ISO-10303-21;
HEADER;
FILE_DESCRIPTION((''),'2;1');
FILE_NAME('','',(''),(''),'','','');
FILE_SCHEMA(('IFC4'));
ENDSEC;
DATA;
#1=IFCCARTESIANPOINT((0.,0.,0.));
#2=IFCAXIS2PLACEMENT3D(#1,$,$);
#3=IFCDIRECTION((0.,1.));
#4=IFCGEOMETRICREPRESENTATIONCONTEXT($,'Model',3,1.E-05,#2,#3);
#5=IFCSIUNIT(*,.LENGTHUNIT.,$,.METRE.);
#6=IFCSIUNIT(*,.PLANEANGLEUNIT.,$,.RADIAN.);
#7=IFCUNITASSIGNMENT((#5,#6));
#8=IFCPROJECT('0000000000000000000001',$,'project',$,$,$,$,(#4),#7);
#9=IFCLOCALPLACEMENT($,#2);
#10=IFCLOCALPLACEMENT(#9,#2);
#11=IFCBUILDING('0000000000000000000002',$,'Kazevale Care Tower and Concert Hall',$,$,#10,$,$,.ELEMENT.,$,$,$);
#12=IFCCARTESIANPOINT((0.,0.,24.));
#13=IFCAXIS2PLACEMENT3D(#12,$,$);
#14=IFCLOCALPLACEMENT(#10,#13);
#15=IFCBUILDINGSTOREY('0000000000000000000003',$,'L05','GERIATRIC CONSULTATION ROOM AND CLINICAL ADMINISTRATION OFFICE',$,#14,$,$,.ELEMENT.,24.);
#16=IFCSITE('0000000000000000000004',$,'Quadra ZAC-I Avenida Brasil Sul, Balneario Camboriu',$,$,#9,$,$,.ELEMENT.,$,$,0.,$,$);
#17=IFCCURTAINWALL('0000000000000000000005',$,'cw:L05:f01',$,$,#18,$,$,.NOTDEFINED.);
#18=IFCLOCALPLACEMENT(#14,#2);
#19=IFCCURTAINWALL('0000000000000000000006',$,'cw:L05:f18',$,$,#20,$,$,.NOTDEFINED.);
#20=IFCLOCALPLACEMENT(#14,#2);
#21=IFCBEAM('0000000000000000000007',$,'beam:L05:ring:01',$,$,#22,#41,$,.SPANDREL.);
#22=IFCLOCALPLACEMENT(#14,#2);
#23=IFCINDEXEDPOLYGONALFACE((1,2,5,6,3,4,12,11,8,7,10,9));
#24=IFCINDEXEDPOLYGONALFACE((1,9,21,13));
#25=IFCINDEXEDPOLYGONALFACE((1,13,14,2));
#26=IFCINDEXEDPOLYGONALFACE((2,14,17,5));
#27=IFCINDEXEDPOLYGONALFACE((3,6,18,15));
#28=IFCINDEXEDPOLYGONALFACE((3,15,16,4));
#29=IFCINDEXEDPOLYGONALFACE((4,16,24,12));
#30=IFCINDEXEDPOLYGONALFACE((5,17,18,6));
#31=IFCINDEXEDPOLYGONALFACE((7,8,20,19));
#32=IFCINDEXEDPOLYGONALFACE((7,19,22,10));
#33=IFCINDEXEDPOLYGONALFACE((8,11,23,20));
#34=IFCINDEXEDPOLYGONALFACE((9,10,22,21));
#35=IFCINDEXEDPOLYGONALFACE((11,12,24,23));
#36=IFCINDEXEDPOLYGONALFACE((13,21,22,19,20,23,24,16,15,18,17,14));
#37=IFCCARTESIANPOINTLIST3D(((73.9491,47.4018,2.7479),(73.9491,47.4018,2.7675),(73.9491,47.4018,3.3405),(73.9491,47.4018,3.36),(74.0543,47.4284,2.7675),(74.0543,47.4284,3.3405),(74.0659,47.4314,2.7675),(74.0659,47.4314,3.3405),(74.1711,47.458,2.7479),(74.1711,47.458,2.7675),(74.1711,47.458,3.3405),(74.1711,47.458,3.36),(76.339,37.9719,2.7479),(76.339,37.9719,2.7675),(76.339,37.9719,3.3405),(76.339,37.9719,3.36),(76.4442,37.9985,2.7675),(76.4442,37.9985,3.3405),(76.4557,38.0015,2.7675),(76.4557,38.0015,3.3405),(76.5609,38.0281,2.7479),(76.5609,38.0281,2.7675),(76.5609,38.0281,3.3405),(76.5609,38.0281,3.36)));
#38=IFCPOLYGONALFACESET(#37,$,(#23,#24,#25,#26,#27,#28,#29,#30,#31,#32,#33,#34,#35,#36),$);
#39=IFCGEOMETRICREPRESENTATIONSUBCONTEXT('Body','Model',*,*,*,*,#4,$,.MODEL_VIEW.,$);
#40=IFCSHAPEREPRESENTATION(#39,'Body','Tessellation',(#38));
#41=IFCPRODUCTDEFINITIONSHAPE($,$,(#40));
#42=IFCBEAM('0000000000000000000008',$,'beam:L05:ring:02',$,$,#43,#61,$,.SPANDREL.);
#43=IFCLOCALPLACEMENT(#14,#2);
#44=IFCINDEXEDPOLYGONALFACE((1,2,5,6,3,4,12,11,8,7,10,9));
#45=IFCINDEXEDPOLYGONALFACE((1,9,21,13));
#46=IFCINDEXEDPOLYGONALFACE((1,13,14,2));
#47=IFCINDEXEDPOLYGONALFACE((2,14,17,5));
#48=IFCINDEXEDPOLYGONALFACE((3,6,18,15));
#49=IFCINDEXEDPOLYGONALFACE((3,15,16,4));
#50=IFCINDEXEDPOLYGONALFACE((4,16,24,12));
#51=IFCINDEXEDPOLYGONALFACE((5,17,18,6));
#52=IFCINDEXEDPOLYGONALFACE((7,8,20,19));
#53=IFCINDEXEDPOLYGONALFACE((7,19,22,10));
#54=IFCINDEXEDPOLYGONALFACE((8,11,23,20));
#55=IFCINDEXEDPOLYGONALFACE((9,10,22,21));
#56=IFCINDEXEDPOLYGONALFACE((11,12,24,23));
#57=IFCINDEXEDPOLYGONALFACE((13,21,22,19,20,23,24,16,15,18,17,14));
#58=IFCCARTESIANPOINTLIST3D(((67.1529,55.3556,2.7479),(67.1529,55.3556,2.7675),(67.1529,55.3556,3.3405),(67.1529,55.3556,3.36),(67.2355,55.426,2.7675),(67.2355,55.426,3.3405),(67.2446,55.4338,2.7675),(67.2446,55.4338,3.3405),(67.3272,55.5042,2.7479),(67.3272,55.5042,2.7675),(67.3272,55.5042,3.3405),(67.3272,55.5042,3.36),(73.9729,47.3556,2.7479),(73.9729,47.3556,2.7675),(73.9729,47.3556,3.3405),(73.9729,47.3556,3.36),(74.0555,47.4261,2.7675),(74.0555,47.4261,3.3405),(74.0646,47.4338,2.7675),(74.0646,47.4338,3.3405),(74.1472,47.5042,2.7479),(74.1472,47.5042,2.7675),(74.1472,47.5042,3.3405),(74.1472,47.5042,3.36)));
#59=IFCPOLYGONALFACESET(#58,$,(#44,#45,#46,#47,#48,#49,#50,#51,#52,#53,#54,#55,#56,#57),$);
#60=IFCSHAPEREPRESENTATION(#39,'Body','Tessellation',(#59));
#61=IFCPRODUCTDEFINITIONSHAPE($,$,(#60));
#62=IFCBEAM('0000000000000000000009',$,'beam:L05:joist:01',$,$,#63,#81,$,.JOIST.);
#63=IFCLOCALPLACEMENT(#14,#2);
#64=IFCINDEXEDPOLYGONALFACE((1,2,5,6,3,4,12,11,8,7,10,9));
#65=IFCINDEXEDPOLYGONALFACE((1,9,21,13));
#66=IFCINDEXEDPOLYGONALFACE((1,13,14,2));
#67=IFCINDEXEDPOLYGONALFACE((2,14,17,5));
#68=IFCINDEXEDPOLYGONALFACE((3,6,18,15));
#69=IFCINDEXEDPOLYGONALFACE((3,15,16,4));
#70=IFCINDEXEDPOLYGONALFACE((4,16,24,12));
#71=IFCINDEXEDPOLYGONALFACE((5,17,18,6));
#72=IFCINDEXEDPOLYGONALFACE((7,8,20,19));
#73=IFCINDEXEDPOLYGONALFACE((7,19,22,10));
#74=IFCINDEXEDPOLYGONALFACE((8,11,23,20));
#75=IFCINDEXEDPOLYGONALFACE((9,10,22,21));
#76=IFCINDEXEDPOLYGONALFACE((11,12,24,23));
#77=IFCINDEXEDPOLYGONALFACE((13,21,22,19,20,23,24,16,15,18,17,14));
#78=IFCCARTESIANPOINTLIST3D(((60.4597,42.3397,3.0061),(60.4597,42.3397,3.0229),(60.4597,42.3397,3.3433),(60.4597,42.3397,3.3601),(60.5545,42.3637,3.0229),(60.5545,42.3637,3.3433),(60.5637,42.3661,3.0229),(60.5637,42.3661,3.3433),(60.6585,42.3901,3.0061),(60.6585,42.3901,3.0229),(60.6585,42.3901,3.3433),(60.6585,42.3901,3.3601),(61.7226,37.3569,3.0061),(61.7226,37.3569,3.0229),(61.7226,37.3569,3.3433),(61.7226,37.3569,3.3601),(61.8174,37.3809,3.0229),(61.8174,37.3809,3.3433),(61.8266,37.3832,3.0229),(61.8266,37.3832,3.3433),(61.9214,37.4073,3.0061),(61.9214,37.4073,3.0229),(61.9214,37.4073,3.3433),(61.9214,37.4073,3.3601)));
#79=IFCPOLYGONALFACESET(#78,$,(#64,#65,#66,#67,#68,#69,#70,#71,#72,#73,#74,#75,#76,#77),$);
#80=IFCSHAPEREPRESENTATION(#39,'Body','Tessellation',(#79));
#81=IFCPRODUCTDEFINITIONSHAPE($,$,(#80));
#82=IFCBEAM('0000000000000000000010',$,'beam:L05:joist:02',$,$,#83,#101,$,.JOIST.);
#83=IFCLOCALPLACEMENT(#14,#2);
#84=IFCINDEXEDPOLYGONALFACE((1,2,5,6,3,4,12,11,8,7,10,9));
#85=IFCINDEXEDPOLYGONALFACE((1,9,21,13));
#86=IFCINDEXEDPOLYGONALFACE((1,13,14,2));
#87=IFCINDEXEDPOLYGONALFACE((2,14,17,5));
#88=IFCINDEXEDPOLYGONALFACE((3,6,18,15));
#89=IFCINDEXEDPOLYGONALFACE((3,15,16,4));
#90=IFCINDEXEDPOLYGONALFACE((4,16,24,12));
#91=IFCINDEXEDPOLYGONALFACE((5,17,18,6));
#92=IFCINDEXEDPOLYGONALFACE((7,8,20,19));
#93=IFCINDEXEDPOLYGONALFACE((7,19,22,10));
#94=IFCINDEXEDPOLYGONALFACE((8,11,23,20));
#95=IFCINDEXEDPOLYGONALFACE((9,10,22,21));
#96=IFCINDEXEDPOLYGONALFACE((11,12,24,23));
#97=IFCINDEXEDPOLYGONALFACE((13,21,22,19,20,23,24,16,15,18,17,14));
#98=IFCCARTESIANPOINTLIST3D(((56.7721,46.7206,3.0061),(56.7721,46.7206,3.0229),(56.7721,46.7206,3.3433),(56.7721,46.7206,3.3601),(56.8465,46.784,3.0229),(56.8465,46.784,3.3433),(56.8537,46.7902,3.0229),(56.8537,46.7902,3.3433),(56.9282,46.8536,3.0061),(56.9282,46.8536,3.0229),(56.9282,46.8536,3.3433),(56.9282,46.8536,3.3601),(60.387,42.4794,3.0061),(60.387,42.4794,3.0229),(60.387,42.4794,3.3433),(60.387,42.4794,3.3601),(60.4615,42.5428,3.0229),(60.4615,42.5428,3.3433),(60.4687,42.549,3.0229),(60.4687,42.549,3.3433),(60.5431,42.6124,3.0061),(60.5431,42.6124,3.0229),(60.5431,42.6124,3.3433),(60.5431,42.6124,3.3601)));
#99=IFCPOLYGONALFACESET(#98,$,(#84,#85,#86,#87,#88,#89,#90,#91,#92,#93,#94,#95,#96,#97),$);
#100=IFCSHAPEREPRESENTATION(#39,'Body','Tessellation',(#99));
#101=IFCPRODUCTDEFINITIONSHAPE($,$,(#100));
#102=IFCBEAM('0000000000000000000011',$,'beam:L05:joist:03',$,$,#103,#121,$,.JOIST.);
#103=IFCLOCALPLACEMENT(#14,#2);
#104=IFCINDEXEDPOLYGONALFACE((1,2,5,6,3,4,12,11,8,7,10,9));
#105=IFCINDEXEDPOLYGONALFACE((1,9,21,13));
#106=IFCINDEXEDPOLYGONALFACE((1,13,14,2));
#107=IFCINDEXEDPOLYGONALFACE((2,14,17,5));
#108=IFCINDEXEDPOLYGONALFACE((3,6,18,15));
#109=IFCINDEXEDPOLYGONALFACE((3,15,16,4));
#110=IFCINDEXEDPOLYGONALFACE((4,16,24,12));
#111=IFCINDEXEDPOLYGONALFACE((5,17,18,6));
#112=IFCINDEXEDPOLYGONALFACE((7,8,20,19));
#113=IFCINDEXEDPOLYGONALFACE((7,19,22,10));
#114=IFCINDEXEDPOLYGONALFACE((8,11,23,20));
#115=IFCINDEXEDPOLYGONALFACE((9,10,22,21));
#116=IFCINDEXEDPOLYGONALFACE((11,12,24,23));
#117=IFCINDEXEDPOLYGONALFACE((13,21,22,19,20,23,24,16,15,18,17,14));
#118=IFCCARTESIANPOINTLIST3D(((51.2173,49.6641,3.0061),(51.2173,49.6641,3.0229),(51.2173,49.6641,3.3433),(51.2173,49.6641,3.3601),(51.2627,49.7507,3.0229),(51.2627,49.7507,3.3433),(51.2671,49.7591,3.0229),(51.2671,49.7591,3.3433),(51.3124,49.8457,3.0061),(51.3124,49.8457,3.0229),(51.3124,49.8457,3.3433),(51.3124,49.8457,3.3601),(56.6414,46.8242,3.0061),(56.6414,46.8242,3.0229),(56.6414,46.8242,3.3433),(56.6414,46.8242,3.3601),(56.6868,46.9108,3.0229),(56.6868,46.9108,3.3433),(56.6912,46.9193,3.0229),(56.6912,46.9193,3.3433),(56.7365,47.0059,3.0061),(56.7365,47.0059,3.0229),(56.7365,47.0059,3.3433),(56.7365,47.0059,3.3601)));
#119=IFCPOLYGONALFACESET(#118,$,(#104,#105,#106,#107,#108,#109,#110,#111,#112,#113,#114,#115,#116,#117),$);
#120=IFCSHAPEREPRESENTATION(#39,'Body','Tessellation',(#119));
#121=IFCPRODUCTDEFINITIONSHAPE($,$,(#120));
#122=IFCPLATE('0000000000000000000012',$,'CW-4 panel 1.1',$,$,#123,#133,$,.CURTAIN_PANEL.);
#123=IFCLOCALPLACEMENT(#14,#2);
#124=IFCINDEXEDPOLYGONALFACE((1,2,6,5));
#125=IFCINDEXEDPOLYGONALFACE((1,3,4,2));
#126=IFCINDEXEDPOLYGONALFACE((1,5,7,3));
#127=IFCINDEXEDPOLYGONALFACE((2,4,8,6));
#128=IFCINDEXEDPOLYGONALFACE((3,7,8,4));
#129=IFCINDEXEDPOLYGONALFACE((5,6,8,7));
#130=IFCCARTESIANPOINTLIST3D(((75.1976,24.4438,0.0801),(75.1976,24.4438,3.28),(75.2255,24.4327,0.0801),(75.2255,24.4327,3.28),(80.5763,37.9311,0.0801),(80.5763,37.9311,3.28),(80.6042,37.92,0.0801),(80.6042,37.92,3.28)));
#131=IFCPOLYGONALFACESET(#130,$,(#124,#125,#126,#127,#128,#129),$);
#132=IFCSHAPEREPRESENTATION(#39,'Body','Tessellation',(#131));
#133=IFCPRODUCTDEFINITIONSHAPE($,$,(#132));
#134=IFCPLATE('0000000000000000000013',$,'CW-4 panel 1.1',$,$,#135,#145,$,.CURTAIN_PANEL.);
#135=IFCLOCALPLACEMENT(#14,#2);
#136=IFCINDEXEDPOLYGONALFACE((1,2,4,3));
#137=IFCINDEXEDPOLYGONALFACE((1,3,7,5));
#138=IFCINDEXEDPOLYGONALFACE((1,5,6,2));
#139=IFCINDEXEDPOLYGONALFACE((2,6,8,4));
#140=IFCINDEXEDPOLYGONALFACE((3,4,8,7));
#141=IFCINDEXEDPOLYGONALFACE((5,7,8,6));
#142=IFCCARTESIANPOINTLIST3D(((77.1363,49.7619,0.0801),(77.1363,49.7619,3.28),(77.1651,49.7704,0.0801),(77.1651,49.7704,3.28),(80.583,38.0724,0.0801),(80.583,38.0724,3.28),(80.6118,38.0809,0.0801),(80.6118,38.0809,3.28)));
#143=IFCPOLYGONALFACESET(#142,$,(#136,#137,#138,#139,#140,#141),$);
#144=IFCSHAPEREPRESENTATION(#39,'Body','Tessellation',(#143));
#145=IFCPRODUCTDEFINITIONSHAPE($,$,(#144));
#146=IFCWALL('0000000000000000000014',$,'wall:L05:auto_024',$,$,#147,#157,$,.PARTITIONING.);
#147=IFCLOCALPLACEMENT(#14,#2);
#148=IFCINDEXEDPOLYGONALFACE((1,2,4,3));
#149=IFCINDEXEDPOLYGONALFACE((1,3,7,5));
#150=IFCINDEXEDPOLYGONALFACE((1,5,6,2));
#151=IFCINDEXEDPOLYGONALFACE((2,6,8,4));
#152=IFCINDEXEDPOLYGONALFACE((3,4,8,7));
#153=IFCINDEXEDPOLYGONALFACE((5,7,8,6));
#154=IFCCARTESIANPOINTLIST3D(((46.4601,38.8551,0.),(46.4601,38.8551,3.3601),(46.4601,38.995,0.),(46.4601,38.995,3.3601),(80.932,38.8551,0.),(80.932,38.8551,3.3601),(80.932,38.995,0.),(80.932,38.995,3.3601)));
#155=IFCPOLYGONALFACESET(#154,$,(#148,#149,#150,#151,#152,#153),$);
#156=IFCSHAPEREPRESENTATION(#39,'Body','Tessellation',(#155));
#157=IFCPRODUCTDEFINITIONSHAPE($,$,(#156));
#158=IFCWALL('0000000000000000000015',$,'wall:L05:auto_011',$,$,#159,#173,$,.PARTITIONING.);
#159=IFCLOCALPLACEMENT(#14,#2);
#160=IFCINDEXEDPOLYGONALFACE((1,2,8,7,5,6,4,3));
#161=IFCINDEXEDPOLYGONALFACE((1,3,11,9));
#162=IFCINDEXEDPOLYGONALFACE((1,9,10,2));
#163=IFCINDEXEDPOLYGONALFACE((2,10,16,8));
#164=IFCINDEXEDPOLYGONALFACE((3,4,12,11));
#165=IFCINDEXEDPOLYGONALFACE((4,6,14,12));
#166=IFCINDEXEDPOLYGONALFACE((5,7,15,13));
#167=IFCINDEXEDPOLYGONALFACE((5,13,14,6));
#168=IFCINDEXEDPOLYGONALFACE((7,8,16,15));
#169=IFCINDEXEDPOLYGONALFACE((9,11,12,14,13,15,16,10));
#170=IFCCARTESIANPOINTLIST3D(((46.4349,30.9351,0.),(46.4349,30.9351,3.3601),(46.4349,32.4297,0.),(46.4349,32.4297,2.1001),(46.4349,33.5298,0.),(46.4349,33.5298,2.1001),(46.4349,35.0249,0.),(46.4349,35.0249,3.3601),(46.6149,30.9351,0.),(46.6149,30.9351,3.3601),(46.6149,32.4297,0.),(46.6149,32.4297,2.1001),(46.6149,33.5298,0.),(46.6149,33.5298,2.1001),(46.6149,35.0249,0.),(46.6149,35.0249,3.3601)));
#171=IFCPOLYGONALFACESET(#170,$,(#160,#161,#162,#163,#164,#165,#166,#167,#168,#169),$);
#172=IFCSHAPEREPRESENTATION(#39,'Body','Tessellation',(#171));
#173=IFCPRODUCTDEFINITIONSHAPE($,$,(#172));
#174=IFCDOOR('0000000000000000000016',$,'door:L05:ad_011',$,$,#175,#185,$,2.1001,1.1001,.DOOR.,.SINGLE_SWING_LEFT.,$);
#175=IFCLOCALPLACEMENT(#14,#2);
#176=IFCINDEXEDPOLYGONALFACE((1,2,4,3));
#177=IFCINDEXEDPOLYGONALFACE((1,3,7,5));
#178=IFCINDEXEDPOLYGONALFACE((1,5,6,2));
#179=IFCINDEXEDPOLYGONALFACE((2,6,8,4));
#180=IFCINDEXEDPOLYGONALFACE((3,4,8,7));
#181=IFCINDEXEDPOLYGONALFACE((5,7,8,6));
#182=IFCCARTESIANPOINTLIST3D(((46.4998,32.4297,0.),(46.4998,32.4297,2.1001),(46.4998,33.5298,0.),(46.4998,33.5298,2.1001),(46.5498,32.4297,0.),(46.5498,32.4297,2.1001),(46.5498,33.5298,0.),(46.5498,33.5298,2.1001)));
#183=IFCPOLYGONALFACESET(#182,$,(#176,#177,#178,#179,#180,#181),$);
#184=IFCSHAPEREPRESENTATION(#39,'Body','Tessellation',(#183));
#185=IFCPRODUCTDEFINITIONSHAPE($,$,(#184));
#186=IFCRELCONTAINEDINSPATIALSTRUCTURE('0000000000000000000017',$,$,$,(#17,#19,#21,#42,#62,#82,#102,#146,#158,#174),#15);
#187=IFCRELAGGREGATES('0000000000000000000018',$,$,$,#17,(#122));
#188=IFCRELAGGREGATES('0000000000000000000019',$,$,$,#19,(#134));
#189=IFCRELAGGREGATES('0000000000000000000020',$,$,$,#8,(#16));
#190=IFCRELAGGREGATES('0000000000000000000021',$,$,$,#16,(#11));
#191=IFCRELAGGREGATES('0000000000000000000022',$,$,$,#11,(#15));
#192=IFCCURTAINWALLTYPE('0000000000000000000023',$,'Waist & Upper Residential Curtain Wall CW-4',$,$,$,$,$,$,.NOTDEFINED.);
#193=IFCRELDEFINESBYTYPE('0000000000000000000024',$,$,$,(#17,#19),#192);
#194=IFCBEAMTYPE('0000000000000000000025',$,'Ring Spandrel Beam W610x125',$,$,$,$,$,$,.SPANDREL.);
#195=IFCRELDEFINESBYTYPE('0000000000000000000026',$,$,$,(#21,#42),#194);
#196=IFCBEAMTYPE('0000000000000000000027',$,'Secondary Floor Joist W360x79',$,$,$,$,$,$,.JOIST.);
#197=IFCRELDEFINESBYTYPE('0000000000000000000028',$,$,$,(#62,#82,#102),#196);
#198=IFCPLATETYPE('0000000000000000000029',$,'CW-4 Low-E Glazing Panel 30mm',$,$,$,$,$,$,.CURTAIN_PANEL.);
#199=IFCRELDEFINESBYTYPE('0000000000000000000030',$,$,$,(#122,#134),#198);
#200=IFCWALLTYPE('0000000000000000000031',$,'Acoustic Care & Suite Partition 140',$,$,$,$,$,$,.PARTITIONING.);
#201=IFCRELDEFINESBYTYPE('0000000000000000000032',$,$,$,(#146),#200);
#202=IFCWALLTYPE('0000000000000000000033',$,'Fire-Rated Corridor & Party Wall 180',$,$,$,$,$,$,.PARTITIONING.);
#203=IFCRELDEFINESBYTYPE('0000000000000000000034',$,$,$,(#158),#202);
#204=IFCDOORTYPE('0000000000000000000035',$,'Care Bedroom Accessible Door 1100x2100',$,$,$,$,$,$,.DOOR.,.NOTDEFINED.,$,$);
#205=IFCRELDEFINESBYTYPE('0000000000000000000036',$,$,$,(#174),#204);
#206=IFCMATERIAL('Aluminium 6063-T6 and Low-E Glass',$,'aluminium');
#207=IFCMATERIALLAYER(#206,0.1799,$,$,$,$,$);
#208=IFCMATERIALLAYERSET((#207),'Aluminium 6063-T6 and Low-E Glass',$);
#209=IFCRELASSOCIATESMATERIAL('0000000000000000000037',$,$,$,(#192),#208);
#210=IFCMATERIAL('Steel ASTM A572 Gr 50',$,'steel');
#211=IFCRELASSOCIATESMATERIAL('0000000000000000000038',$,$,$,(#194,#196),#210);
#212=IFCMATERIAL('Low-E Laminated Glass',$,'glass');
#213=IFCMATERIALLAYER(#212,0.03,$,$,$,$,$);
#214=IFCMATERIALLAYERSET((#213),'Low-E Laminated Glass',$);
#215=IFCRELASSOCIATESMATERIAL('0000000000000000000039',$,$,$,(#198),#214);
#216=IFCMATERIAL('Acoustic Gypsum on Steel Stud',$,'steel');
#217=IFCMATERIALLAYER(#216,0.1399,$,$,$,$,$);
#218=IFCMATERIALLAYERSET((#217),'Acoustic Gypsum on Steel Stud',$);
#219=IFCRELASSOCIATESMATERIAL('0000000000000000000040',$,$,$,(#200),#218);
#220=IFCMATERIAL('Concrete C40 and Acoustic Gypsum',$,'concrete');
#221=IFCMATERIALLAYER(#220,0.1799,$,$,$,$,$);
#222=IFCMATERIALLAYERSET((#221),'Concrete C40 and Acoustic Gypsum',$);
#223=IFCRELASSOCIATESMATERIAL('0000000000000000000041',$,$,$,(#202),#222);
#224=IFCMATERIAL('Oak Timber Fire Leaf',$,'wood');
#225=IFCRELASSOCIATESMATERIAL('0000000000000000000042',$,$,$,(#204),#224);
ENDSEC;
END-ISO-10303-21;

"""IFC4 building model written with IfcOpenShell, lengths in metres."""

from ifc_helpers import new_model, si_unit, direction, frame, frame_2d, origin, origin_2d, place, context, subcontext, project, spatial, rectangle, i_section, extrude, material, layer, layer_set, material_profile, profile_set, type_object, element, fill, aggregate, save


model = new_model("IFC4")

# Units and contexts
model_context = context("Model", 3, precision=1e-05, world=origin(), true_north=direction((0.0, 1.0)))
body_context = subcontext(model_context, "Body", "Model", "MODEL_VIEW")
ifc_project = project(units=[si_unit("LENGTHUNIT", "METRE"), si_unit("PLANEANGLEUNIT", "RADIAN")], contexts=[model_context])

# Site, building, storey
site_placement = place(None, origin())
site = spatial("IfcSite", under=ifc_project, at=site_placement, Name="Quadra ZAC-I Avenida Brasil Sul, Balneario Camboriu", CompositionType="ELEMENT", RefElevation=0.0)
building_placement = place(site_placement, origin())
building = spatial("IfcBuilding", under=site, at=building_placement, Name="Kazevale Care Tower and Concert Hall", CompositionType="ELEMENT")
storey_placement = place(building_placement, frame((0.0, 0.0, 24.0)))
storey = spatial("IfcBuildingStorey", under=building, at=storey_placement, Name="L05", Description="GERIATRIC CONSULTATION ROOM AND CLINICAL ADMINISTRATION OFFICE", CompositionType="ELEMENT", Elevation=24.0)

# Curtain walls
ifc_material_1 = material(Name="Aluminium 6063-T6 and Low-E Glass", Category="aluminium")
ifc_layer_1 = layer(ifc_material_1, 0.1799)
ifc_layer_set_1 = layer_set([ifc_layer_1], Name="Aluminium 6063-T6 and Low-E Glass")
curtain_wall_type = type_object("IfcCurtainWallType", Name="Waist & Upper Residential Curtain Wall CW-4", PredefinedType="NOTDEFINED", material=ifc_layer_set_1)
curtain_wall_1_placement = place(storey_placement, origin())
curtain_wall_1 = element("IfcCurtainWall", 1, at=curtain_wall_1_placement, inside=storey, type_object=curtain_wall_type, Name="cw:L05:f01", PredefinedType="NOTDEFINED")
curtain_wall_2_placement = place(storey_placement, origin())
curtain_wall_2 = element("IfcCurtainWall", 2, at=curtain_wall_2_placement, inside=storey, type_object=curtain_wall_type, Name="cw:L05:f18", PredefinedType="NOTDEFINED")

# Beams
ifc_material_2 = material(Name="Steel ASTM A572 Gr 50", Category="steel")
ifc_material_profile_1 = material_profile(ifc_material_2, i_section(OverallWidth=0.229, OverallDepth=0.6121, WebThickness=0.012, FlangeThickness=0.0195, at=origin_2d()), Name="W610x125")
ifc_profile_set_1 = profile_set([ifc_material_profile_1], Name="Steel ASTM A572 Gr 50")
beam_type_1 = type_object("IfcBeamType", Name="Ring Spandrel Beam W610x125", PredefinedType="SPANDREL", material=ifc_profile_set_1)
beam_1_placement = place(storey_placement, frame((76.45, 38.0, 3.054), z_axis=(-0.24567, 0.969354, 0.0), x_axis=(-0.969354, -0.24567, 0.0)))
element("IfcBeam", 3, at=beam_1_placement, inside=storey, type_object=beam_type_1, Name="beam:L05:ring:01", PredefinedType="SPANDREL", context=body_context, shape_type="SweptSolid", body=[
    extrude(i_section(OverallWidth=0.229, OverallDepth=0.6121, WebThickness=0.012, FlangeThickness=0.0195, at=origin_2d()), origin(), (0.0, 0.0, 1.0), 9.728),
])
beam_2_placement = place(storey_placement, frame((74.0601, 47.4299, 3.054), z_axis=(-0.648756, 0.760996, 0.0), x_axis=(-0.760996, -0.648756, 0.0)))
element("IfcBeam", 4, at=beam_2_placement, inside=storey, type_object=beam_type_1, Name="beam:L05:ring:02", PredefinedType="SPANDREL", context=body_context, shape_type="SweptSolid", body=[
    extrude(i_section(OverallWidth=0.229, OverallDepth=0.6121, WebThickness=0.012, FlangeThickness=0.0195, at=origin_2d()), origin(), (0.0, 0.0, 1.0), 10.5125),
])
ifc_material_profile_2 = material_profile(ifc_material_2, i_section(OverallWidth=0.2051, OverallDepth=0.354, WebThickness=0.0095, FlangeThickness=0.0168, at=origin_2d()), Name="W360x79")
ifc_profile_set_2 = profile_set([ifc_material_profile_2], Name="Steel ASTM A572 Gr 50")
beam_type_2 = type_object("IfcBeamType", Name="Secondary Floor Joist W360x79", PredefinedType="JOIST", material=ifc_profile_set_2)
beam_3_placement = place(storey_placement, frame((61.822, 37.3821, 3.1831), z_axis=(-0.245686, 0.96935, 0.0), x_axis=(-0.96935, -0.245686, 0.0)))
element("IfcBeam", 5, at=beam_3_placement, inside=storey, type_object=beam_type_2, Name="beam:L05:joist:01", PredefinedType="JOIST", context=body_context, shape_type="SweptSolid", body=[
    extrude(i_section(OverallWidth=0.2051, OverallDepth=0.354, WebThickness=0.0095, FlangeThickness=0.0168, at=origin_2d()), origin(), (0.0, 0.0, 1.0), 5.1404),
])
beam_4_placement = place(storey_placement, frame((60.4651, 42.5459, 3.1831), z_axis=(-0.648686, 0.761057, 0.0), x_axis=(-0.761057, -0.648686, 0.0)))
element("IfcBeam", 6, at=beam_4_placement, inside=storey, type_object=beam_type_2, Name="beam:L05:joist:02", PredefinedType="JOIST", context=body_context, shape_type="SweptSolid", body=[
    extrude(i_section(OverallWidth=0.2051, OverallDepth=0.354, WebThickness=0.0095, FlangeThickness=0.0168, at=origin_2d()), origin(), (0.0, 0.0, 1.0), 5.5728),
])
beam_5_placement = place(storey_placement, frame((56.689, 46.915, 3.1831), z_axis=(-0.885921, 0.463836, 0.0), x_axis=(-0.463836, -0.885921, 0.0)))
element("IfcBeam", 7, at=beam_5_placement, inside=storey, type_object=beam_type_2, Name="beam:L05:joist:03", PredefinedType="JOIST", context=body_context, shape_type="SweptSolid", body=[
    extrude(i_section(OverallWidth=0.2051, OverallDepth=0.354, WebThickness=0.0095, FlangeThickness=0.0168, at=origin_2d()), origin(), (0.0, 0.0, 1.0), 6.1226),
])

# Plates
ifc_material_3 = material(Name="Low-E Laminated Glass", Category="glass")
ifc_layer_2 = layer(ifc_material_3, 0.03)
ifc_layer_set_2 = layer_set([ifc_layer_2], Name="Low-E Laminated Glass")
plate_type = type_object("IfcPlateType", Name="CW-4 Low-E Glazing Panel 30mm", PredefinedType="CURTAIN_PANEL", material=ifc_layer_set_2)
plate_1_placement = place(storey_placement, frame((77.9009, 31.1819, 0.0801), z_axis=(0.0, 0.0, 1.0), x_axis=(-0.370427, -0.928861, 0.0)))
plate_1 = element("IfcPlate", 8, at=plate_1_placement, type_object=plate_type, Name="CW-4 panel 1.1", PredefinedType="CURTAIN_PANEL", context=body_context, shape_type="SweptSolid", body=[
    extrude(rectangle(XDim=14.5203, YDim=0.03, at=origin_2d()), origin(), (0.0, 0.0, 1.0), 3.2),
])
aggregate(curtain_wall_1, [plate_1])
plate_2_placement = place(storey_placement, frame((78.874, 43.9214, 0.0801), z_axis=(0.0, 0.0, 1.0), x_axis=(0.28282, -0.959173, 0.0)))
plate_2 = element("IfcPlate", 9, at=plate_2_placement, type_object=plate_type, Name="CW-4 panel 1.1", PredefinedType="CURTAIN_PANEL", context=body_context, shape_type="SweptSolid", body=[
    extrude(rectangle(XDim=12.187, YDim=0.03, at=origin_2d()), origin(), (0.0, 0.0, 1.0), 3.2),
])
aggregate(curtain_wall_2, [plate_2])

# Wall
ifc_material_4 = material(Name="Acoustic Gypsum on Steel Stud", Category="steel")
ifc_layer_3 = layer(ifc_material_4, 0.1399)
ifc_layer_set_3 = layer_set([ifc_layer_3], Name="Acoustic Gypsum on Steel Stud")
wall_type_1 = type_object("IfcWallType", Name="Acoustic Care & Suite Partition 140", PredefinedType="PARTITIONING", material=ifc_layer_set_3)
wall_1_placement = place(storey_placement, frame((80.9319, 38.925, 0.0), z_axis=(0.0, 0.0, 1.0), x_axis=(-1.0, 0.0, 0.0)))
element("IfcWall", 10, at=wall_1_placement, inside=storey, type_object=wall_type_1, Name="wall:L05:auto_024", PredefinedType="PARTITIONING", context=body_context, shape_type="SweptSolid", body=[
    extrude(rectangle(XDim=34.4719, YDim=0.1399, at=frame_2d((17.2358, 0.0))), origin(), (0.0, 0.0, 1.0), 3.3601),
])

# Wall, opening, door
ifc_material_5 = material(Name="Concrete C40 and Acoustic Gypsum", Category="concrete")
ifc_layer_4 = layer(ifc_material_5, 0.1799)
ifc_layer_set_4 = layer_set([ifc_layer_4], Name="Concrete C40 and Acoustic Gypsum")
wall_type_2 = type_object("IfcWallType", Name="Fire-Rated Corridor & Party Wall 180", PredefinedType="PARTITIONING", material=ifc_layer_set_4)
wall_2_placement = place(storey_placement, frame((46.5249, 35.0249, 0.0), z_axis=(0.0, 0.0, 1.0), x_axis=(0.0, -1.0, 0.0)))
wall_2 = element("IfcWall", 11, at=wall_2_placement, inside=storey, type_object=wall_type_2, Name="wall:L05:auto_011", PredefinedType="PARTITIONING", context=body_context, shape_type="SweptSolid", body=[
    extrude(rectangle(XDim=4.0898, YDim=0.1799, at=frame_2d((2.0449, 0.0))), origin(), (0.0, 0.0, 1.0), 3.3601),
])
opening_1_placement = place(wall_2_placement, frame((1.4951, 0.0, 0.0)))
opening_1 = element("IfcOpeningElement", 12, at=opening_1_placement, cuts=wall_2, PredefinedType="OPENING", context=body_context, shape_type="SweptSolid", body=[
    extrude(rectangle(XDim=1.1001, YDim=2.1001, at=frame_2d((0.55, 1.05))), frame((0.0, 0.0999, 0.0), z_axis=(0.0, -1.0, 0.0), x_axis=(1.0, 0.0, 0.0)), (0.0, 0.0, 1.0), 0.2),
])
ifc_material_6 = material(Name="Oak Timber Fire Leaf", Category="wood")
door_type = type_object("IfcDoorType", Name="Care Bedroom Accessible Door 1100x2100", OperationType="NOTDEFINED", PredefinedType="DOOR", material=ifc_material_6)
door_1_placement = place(opening_1_placement, origin())
door_1 = element("IfcDoor", 13, at=door_1_placement, inside=storey, type_object=door_type, Name="door:L05:ad_011", OperationType="SINGLE_SWING_LEFT", OverallHeight=2.1001, OverallWidth=1.1001, PredefinedType="DOOR", context=body_context, shape_type="SweptSolid", body=[
    extrude(rectangle(XDim=1.1001, YDim=2.1001, at=frame_2d((0.55, 1.05))), frame((0.0, 0.0249, 0.0), z_axis=(0.0, -1.0, 0.0), x_axis=(1.0, 0.0, 0.0)), (0.0, 0.0, 1.0), 0.05),
])
fill(opening_1, door_1)

save(model, "model.ifc")
